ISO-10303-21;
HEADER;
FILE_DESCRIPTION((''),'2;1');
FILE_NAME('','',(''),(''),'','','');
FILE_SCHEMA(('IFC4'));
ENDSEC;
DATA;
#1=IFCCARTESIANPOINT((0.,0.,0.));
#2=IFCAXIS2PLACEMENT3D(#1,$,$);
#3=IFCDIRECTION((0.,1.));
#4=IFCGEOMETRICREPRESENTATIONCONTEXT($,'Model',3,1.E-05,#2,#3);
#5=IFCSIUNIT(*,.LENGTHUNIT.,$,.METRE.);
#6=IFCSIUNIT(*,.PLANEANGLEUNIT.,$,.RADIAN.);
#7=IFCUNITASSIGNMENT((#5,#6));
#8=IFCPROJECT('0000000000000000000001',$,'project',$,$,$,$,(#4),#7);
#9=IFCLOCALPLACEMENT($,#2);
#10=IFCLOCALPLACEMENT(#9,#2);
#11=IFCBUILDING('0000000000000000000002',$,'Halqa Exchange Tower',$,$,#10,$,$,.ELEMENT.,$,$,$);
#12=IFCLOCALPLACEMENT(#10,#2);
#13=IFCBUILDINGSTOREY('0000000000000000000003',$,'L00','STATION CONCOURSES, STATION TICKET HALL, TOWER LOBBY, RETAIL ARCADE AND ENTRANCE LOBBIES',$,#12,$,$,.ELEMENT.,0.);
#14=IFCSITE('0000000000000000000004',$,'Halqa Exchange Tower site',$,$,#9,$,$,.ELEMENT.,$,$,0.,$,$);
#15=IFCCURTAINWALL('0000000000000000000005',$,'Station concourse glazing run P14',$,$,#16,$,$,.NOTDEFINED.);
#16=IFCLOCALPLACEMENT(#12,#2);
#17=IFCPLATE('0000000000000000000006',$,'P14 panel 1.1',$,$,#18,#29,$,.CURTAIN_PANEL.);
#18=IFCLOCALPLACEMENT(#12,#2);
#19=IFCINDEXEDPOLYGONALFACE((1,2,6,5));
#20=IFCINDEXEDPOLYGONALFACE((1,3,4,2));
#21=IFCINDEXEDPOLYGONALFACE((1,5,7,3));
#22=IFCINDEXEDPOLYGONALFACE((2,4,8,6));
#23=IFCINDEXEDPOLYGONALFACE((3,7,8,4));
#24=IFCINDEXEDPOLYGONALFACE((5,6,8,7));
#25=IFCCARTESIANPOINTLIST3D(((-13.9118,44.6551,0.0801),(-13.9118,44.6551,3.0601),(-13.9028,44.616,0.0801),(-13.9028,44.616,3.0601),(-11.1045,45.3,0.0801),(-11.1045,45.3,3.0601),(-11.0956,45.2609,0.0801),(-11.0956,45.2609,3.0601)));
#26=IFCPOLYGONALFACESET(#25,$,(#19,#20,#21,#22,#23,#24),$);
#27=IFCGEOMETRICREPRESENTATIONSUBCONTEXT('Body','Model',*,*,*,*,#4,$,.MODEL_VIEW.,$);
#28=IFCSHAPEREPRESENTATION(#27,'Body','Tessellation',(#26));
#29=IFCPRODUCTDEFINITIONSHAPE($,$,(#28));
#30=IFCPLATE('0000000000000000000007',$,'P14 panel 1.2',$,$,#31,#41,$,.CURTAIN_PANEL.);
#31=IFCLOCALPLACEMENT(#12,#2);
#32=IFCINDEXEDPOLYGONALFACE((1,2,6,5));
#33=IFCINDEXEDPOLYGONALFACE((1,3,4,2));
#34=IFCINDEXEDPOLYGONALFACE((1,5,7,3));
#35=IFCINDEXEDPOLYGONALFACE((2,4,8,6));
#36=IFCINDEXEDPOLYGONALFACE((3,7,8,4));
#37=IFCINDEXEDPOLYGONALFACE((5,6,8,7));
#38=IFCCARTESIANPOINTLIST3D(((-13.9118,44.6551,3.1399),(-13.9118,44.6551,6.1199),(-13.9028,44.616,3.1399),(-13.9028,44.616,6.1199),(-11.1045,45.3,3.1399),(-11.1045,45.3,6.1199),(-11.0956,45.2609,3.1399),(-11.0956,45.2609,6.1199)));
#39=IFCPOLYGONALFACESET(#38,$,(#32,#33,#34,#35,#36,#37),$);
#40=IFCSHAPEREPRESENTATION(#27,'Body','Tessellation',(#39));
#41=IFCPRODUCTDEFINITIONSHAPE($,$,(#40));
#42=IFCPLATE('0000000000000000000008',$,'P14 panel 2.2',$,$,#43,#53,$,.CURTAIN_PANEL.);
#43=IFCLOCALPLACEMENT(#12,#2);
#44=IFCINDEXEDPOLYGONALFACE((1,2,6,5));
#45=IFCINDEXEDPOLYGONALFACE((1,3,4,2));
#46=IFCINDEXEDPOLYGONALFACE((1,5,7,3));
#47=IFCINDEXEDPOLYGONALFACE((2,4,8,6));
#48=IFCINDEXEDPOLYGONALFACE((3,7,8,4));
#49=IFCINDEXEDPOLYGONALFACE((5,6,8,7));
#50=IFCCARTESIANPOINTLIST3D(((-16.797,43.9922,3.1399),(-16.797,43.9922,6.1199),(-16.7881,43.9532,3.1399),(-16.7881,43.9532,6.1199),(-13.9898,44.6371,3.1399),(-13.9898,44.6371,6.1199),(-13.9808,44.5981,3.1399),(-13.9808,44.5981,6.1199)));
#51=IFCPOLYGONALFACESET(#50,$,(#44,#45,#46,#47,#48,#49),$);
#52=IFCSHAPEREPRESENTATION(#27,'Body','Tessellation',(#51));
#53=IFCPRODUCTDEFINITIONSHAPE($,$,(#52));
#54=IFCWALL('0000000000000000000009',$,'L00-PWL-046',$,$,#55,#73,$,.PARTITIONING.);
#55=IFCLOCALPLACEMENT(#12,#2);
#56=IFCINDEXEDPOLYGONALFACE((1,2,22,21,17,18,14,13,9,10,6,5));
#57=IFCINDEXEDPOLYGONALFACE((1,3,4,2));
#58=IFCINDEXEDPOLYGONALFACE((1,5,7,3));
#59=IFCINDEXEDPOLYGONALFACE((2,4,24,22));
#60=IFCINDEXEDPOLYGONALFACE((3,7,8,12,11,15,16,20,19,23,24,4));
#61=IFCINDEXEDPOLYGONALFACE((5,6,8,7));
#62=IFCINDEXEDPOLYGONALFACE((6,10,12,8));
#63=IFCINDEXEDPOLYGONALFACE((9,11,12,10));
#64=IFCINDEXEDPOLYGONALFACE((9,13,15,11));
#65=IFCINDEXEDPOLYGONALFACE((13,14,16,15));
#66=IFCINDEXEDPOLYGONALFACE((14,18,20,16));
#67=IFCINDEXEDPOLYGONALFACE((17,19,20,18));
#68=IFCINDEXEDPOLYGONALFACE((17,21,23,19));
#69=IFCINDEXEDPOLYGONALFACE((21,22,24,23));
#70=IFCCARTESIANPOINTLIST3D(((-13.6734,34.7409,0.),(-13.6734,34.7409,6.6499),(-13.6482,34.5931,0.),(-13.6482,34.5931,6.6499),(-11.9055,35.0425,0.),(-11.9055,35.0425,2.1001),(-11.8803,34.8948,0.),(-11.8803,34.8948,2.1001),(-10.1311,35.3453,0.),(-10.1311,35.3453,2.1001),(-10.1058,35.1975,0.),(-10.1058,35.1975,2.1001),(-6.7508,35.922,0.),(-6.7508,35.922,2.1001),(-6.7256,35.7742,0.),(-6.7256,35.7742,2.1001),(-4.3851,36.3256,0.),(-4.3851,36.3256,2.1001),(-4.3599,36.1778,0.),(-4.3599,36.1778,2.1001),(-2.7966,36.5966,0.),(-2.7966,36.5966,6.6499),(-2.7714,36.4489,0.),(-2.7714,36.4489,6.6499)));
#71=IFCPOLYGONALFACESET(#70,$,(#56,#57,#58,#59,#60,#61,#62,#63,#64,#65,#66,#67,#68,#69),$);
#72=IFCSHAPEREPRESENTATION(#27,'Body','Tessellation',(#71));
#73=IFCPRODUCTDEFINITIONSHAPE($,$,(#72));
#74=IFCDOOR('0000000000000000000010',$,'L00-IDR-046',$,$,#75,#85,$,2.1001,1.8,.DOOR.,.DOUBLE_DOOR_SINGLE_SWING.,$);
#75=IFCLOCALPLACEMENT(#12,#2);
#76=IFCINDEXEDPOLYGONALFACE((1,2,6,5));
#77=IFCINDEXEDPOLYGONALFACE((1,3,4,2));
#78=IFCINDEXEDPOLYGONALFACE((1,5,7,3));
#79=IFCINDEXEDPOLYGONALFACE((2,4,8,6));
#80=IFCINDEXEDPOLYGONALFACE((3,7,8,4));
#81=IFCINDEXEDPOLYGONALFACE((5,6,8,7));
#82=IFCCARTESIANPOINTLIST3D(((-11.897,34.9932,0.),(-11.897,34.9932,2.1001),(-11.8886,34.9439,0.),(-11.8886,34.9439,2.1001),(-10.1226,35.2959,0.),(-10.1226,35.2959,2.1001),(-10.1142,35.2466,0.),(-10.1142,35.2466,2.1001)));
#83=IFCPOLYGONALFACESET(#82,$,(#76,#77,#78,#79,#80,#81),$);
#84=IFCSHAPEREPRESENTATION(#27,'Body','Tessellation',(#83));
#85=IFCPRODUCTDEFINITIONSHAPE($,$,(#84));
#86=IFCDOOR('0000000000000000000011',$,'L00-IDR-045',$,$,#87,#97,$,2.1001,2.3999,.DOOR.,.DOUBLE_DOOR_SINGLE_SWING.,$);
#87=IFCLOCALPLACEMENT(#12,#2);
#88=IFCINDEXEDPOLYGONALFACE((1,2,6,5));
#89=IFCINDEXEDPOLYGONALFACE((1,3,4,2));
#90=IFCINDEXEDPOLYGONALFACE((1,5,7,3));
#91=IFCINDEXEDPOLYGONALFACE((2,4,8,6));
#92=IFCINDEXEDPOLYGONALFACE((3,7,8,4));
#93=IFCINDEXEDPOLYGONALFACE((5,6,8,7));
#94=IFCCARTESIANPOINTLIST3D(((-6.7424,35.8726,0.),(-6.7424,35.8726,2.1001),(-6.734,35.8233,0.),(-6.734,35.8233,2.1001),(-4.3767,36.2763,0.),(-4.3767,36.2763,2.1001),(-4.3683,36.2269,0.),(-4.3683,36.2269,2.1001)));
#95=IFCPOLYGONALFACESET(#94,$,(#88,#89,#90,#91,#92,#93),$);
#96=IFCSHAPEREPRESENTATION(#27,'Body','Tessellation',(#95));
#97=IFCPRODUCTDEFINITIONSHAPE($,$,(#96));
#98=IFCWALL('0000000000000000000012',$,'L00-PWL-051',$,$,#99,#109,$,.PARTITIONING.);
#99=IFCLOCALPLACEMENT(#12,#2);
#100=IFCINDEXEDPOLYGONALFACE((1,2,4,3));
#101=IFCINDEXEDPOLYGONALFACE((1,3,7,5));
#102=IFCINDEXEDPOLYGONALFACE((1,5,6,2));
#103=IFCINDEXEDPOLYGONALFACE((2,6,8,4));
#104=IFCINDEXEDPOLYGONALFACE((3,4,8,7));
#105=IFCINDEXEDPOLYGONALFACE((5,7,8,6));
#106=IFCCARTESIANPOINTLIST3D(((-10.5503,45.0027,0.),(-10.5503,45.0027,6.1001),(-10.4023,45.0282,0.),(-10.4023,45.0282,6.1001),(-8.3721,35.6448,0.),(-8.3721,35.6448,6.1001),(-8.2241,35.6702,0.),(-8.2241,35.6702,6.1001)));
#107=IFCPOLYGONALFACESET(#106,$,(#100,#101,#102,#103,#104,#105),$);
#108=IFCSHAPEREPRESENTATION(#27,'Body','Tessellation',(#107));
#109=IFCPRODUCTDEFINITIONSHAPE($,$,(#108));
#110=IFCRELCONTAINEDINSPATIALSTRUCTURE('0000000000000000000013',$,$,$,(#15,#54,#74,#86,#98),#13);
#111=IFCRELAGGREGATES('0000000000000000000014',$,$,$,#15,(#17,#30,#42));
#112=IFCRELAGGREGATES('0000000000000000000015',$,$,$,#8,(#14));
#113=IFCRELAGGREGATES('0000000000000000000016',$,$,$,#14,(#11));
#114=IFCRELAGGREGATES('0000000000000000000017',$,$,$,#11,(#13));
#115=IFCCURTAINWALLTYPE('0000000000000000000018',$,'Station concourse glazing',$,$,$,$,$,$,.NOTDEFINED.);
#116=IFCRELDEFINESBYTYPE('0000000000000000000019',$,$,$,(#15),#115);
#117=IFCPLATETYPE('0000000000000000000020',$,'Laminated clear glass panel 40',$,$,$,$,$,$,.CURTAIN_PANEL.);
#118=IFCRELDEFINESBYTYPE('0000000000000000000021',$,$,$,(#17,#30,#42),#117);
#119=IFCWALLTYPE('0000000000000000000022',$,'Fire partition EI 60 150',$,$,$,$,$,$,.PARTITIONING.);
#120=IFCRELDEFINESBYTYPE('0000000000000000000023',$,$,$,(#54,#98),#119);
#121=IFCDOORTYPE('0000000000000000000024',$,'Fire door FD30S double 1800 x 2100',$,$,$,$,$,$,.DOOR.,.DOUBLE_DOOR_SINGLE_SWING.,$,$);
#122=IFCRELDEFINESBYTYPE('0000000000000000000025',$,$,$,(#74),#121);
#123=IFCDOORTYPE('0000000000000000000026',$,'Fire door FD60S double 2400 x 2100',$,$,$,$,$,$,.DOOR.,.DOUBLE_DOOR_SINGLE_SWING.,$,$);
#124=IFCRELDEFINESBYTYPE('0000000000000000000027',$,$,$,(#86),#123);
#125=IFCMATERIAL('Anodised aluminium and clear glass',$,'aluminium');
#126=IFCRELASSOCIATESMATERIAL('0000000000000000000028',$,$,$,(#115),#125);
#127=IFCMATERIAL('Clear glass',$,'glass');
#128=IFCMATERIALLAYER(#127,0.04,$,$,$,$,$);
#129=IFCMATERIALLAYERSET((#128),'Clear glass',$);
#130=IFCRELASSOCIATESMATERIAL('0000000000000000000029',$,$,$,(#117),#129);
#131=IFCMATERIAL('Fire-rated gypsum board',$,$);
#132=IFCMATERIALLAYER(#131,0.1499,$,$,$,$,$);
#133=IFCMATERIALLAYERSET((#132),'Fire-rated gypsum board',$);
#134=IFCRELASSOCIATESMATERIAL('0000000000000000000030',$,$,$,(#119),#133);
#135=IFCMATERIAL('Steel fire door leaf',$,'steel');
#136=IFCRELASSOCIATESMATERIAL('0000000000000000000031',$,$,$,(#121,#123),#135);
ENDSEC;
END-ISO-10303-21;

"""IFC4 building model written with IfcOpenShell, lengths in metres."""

from ifc_helpers import new_model, si_unit, direction, frame, frame_2d, origin, origin_2d, place, context, subcontext, project, spatial, polyline, rectangle, outline, extrude, material, layer, layer_set, type_object, element, fill, aggregate, save


model = new_model("IFC4")

# Units and contexts
model_context = context("Model", 3, precision=1e-05, world=origin(), true_north=direction((0.0, 1.0)))
body_context = subcontext(model_context, "Body", "Model", "MODEL_VIEW")
ifc_project = project(units=[si_unit("LENGTHUNIT", "METRE"), si_unit("PLANEANGLEUNIT", "RADIAN")], contexts=[model_context])

# Site, building, storey
site_placement = place(None, origin())
site = spatial("IfcSite", under=ifc_project, at=site_placement, Name="Halqa Exchange Tower site", CompositionType="ELEMENT", RefElevation=0.0)
building_placement = place(site_placement, origin())
building = spatial("IfcBuilding", under=site, at=building_placement, Name="Halqa Exchange Tower", CompositionType="ELEMENT")
storey_placement = place(building_placement, origin())
storey = spatial("IfcBuildingStorey", under=building, at=storey_placement, Name="L00", Description="STATION CONCOURSES, STATION TICKET HALL, TOWER LOBBY, RETAIL ARCADE AND ENTRANCE LOBBIES", CompositionType="ELEMENT", Elevation=0.0)

# Curtain wall, plates
ifc_material_1 = material(Name="Anodised aluminium and clear glass", Category="aluminium")
curtain_wall_type = type_object("IfcCurtainWallType", Name="Station concourse glazing", PredefinedType="NOTDEFINED", material=ifc_material_1)
curtain_wall_placement = place(storey_placement, origin())
curtain_wall = element("IfcCurtainWall", 1, at=curtain_wall_placement, inside=storey, type_object=curtain_wall_type, Name="Station concourse glazing run P14", PredefinedType="NOTDEFINED")
ifc_material_2 = material(Name="Clear glass", Category="glass")
ifc_layer_1 = layer(ifc_material_2, 0.04)
ifc_layer_set_1 = layer_set([ifc_layer_1], Name="Clear glass")
plate_type = type_object("IfcPlateType", Name="Laminated clear glass panel 40", PredefinedType="CURTAIN_PANEL", material=ifc_layer_set_1)
plate_1_placement = place(storey_placement, frame((-12.5037, 44.958, 0.0801), z_axis=(0.0, 0.0, 1.0), x_axis=(-0.974613, -0.223897, 0.0)))
plate_1 = element("IfcPlate", 2, at=plate_1_placement, type_object=plate_type, Name="P14 panel 1.1", PredefinedType="CURTAIN_PANEL", context=body_context, shape_type="SweptSolid", body=[
    extrude(rectangle(XDim=2.8804, YDim=0.04, at=origin_2d()), origin(), (0.0, 0.0, 1.0), 2.98),
])
plate_2_placement = place(storey_placement, frame((-12.5037, 44.958, 3.1399), z_axis=(0.0, 0.0, 1.0), x_axis=(-0.974613, -0.223897, 0.0)))
plate_2 = element("IfcPlate", 3, at=plate_2_placement, type_object=plate_type, Name="P14 panel 1.2", PredefinedType="CURTAIN_PANEL", context=body_context, shape_type="SweptSolid", body=[
    extrude(rectangle(XDim=2.8804, YDim=0.04, at=origin_2d()), origin(), (0.0, 0.0, 1.0), 2.98),
])
plate_3_placement = place(storey_placement, frame((-15.3889, 44.2952, 3.1399), z_axis=(0.0, 0.0, 1.0), x_axis=(-0.974613, -0.223897, 0.0)))
plate_3 = element("IfcPlate", 4, at=plate_3_placement, type_object=plate_type, Name="P14 panel 2.2", PredefinedType="CURTAIN_PANEL", context=body_context, shape_type="SweptSolid", body=[
    extrude(rectangle(XDim=2.8804, YDim=0.04, at=origin_2d()), origin(), (0.0, 0.0, 1.0), 2.98),
])
aggregate(curtain_wall, [plate_1, plate_2, plate_3])

# Wall, openings, doors
ifc_material_3 = material(Name="Fire-rated gypsum board")
ifc_layer_2 = layer(ifc_material_3, 0.1499)
ifc_layer_set_2 = layer_set([ifc_layer_2], Name="Fire-rated gypsum board")
wall_type = type_object("IfcWallType", Name="Fire partition EI 60 150", PredefinedType="PARTITIONING", material=ifc_layer_set_2)
wall_1_placement = place(storey_placement, frame((-13.6609, 34.667, 0.0), z_axis=(0.0, 0.0, 1.0), x_axis=(0.985756, 0.168183, 0.0)))
wall_1 = element("IfcWall", 5, at=wall_1_placement, inside=storey, type_object=wall_type, Name="L00-PWL-046", PredefinedType="PARTITIONING", context=body_context, shape_type="SweptSolid", body=[
    extrude(rectangle(XDim=11.0339, YDim=0.1499, at=frame_2d((5.5171, 0.0))), origin(), (0.0, 0.0, 1.0), 6.6499),
])
opening_1_placement = place(wall_1_placement, frame((7.0227, 0.0, 0.0)))
opening_1 = element("IfcOpeningElement", 6, at=opening_1_placement, cuts=wall_1, PredefinedType="OPENING", context=body_context, shape_type="SweptSolid", body=[
    extrude(rectangle(XDim=2.3999, YDim=2.1001, at=frame_2d((1.2, 1.05))), frame((0.0, 0.0869, 0.0), z_axis=(0.0, -1.0, 0.0), x_axis=(1.0, 0.0, 0.0)), (0.0, 0.0, 1.0), 0.1738),
])
opening_2_placement = place(wall_1_placement, frame((1.7937, 0.0, 0.0)))
opening_2 = element("IfcOpeningElement", 7, at=opening_2_placement, cuts=wall_1, PredefinedType="OPENING", context=body_context, shape_type="SweptSolid", body=[
    extrude(rectangle(XDim=1.8, YDim=2.1001, at=frame_2d((0.8999, 1.05))), frame((0.0, 0.0869, 0.0), z_axis=(0.0, -1.0, 0.0), x_axis=(1.0, 0.0, 0.0)), (0.0, 0.0, 1.0), 0.1738),
])
ifc_material_4 = material(Name="Steel fire door leaf", Category="steel")
door_type_1 = type_object("IfcDoorType", Name="Fire door FD30S double 1800 x 2100", OperationType="DOUBLE_DOOR_SINGLE_SWING", PredefinedType="DOOR", material=ifc_material_4)
door_1_placement = place(opening_2_placement, origin())
door_1 = element("IfcDoor", 8, at=door_1_placement, inside=storey, type_object=door_type_1, Name="L00-IDR-046", OperationType="DOUBLE_DOOR_SINGLE_SWING", OverallHeight=2.1001, OverallWidth=1.8, PredefinedType="DOOR", context=body_context, shape_type="SweptSolid", body=[
    extrude(rectangle(XDim=1.8, YDim=2.1001, at=frame_2d((0.8999, 1.05))), frame((0.0, 0.0249, 0.0), z_axis=(0.0, -1.0, 0.0), x_axis=(1.0, 0.0, 0.0)), (0.0, 0.0, 1.0), 0.05),
])
fill(opening_2, door_1)
door_type_2 = type_object("IfcDoorType", Name="Fire door FD60S double 2400 x 2100", OperationType="DOUBLE_DOOR_SINGLE_SWING", PredefinedType="DOOR", material=ifc_material_4)
door_2_placement = place(opening_1_placement, origin())
door_2 = element("IfcDoor", 9, at=door_2_placement, inside=storey, type_object=door_type_2, Name="L00-IDR-045", OperationType="DOUBLE_DOOR_SINGLE_SWING", OverallHeight=2.1001, OverallWidth=2.3999, PredefinedType="DOOR", context=body_context, shape_type="SweptSolid", body=[
    extrude(rectangle(XDim=2.3999, YDim=2.1001, at=frame_2d((1.2, 1.05))), frame((0.0, 0.0249, 0.0), z_axis=(0.0, -1.0, 0.0), x_axis=(1.0, 0.0, 0.0)), (0.0, 0.0, 1.0), 0.05),
])
fill(opening_1, door_2)

# Wall
wall_2_placement = place(storey_placement, frame((-8.2981, 35.6575, 0.0), z_axis=(0.0, 0.0, 1.0), x_axis=(-0.226707, 0.973963, 0.0)))
element("IfcWall", 10, at=wall_2_placement, inside=storey, type_object=wall_type, Name="L00-PWL-051", PredefinedType="PARTITIONING", context=body_context, shape_type="SweptSolid", body=[
    extrude(outline(polyline([(-0.0044, -0.075), (9.6038, -0.075), (9.6125, 0.075), (0.0044, 0.075), (-0.0044, -0.075)])), origin(), (0.0, 0.0, 1.0), 6.1001),
])

save(model, "model.ifc")
